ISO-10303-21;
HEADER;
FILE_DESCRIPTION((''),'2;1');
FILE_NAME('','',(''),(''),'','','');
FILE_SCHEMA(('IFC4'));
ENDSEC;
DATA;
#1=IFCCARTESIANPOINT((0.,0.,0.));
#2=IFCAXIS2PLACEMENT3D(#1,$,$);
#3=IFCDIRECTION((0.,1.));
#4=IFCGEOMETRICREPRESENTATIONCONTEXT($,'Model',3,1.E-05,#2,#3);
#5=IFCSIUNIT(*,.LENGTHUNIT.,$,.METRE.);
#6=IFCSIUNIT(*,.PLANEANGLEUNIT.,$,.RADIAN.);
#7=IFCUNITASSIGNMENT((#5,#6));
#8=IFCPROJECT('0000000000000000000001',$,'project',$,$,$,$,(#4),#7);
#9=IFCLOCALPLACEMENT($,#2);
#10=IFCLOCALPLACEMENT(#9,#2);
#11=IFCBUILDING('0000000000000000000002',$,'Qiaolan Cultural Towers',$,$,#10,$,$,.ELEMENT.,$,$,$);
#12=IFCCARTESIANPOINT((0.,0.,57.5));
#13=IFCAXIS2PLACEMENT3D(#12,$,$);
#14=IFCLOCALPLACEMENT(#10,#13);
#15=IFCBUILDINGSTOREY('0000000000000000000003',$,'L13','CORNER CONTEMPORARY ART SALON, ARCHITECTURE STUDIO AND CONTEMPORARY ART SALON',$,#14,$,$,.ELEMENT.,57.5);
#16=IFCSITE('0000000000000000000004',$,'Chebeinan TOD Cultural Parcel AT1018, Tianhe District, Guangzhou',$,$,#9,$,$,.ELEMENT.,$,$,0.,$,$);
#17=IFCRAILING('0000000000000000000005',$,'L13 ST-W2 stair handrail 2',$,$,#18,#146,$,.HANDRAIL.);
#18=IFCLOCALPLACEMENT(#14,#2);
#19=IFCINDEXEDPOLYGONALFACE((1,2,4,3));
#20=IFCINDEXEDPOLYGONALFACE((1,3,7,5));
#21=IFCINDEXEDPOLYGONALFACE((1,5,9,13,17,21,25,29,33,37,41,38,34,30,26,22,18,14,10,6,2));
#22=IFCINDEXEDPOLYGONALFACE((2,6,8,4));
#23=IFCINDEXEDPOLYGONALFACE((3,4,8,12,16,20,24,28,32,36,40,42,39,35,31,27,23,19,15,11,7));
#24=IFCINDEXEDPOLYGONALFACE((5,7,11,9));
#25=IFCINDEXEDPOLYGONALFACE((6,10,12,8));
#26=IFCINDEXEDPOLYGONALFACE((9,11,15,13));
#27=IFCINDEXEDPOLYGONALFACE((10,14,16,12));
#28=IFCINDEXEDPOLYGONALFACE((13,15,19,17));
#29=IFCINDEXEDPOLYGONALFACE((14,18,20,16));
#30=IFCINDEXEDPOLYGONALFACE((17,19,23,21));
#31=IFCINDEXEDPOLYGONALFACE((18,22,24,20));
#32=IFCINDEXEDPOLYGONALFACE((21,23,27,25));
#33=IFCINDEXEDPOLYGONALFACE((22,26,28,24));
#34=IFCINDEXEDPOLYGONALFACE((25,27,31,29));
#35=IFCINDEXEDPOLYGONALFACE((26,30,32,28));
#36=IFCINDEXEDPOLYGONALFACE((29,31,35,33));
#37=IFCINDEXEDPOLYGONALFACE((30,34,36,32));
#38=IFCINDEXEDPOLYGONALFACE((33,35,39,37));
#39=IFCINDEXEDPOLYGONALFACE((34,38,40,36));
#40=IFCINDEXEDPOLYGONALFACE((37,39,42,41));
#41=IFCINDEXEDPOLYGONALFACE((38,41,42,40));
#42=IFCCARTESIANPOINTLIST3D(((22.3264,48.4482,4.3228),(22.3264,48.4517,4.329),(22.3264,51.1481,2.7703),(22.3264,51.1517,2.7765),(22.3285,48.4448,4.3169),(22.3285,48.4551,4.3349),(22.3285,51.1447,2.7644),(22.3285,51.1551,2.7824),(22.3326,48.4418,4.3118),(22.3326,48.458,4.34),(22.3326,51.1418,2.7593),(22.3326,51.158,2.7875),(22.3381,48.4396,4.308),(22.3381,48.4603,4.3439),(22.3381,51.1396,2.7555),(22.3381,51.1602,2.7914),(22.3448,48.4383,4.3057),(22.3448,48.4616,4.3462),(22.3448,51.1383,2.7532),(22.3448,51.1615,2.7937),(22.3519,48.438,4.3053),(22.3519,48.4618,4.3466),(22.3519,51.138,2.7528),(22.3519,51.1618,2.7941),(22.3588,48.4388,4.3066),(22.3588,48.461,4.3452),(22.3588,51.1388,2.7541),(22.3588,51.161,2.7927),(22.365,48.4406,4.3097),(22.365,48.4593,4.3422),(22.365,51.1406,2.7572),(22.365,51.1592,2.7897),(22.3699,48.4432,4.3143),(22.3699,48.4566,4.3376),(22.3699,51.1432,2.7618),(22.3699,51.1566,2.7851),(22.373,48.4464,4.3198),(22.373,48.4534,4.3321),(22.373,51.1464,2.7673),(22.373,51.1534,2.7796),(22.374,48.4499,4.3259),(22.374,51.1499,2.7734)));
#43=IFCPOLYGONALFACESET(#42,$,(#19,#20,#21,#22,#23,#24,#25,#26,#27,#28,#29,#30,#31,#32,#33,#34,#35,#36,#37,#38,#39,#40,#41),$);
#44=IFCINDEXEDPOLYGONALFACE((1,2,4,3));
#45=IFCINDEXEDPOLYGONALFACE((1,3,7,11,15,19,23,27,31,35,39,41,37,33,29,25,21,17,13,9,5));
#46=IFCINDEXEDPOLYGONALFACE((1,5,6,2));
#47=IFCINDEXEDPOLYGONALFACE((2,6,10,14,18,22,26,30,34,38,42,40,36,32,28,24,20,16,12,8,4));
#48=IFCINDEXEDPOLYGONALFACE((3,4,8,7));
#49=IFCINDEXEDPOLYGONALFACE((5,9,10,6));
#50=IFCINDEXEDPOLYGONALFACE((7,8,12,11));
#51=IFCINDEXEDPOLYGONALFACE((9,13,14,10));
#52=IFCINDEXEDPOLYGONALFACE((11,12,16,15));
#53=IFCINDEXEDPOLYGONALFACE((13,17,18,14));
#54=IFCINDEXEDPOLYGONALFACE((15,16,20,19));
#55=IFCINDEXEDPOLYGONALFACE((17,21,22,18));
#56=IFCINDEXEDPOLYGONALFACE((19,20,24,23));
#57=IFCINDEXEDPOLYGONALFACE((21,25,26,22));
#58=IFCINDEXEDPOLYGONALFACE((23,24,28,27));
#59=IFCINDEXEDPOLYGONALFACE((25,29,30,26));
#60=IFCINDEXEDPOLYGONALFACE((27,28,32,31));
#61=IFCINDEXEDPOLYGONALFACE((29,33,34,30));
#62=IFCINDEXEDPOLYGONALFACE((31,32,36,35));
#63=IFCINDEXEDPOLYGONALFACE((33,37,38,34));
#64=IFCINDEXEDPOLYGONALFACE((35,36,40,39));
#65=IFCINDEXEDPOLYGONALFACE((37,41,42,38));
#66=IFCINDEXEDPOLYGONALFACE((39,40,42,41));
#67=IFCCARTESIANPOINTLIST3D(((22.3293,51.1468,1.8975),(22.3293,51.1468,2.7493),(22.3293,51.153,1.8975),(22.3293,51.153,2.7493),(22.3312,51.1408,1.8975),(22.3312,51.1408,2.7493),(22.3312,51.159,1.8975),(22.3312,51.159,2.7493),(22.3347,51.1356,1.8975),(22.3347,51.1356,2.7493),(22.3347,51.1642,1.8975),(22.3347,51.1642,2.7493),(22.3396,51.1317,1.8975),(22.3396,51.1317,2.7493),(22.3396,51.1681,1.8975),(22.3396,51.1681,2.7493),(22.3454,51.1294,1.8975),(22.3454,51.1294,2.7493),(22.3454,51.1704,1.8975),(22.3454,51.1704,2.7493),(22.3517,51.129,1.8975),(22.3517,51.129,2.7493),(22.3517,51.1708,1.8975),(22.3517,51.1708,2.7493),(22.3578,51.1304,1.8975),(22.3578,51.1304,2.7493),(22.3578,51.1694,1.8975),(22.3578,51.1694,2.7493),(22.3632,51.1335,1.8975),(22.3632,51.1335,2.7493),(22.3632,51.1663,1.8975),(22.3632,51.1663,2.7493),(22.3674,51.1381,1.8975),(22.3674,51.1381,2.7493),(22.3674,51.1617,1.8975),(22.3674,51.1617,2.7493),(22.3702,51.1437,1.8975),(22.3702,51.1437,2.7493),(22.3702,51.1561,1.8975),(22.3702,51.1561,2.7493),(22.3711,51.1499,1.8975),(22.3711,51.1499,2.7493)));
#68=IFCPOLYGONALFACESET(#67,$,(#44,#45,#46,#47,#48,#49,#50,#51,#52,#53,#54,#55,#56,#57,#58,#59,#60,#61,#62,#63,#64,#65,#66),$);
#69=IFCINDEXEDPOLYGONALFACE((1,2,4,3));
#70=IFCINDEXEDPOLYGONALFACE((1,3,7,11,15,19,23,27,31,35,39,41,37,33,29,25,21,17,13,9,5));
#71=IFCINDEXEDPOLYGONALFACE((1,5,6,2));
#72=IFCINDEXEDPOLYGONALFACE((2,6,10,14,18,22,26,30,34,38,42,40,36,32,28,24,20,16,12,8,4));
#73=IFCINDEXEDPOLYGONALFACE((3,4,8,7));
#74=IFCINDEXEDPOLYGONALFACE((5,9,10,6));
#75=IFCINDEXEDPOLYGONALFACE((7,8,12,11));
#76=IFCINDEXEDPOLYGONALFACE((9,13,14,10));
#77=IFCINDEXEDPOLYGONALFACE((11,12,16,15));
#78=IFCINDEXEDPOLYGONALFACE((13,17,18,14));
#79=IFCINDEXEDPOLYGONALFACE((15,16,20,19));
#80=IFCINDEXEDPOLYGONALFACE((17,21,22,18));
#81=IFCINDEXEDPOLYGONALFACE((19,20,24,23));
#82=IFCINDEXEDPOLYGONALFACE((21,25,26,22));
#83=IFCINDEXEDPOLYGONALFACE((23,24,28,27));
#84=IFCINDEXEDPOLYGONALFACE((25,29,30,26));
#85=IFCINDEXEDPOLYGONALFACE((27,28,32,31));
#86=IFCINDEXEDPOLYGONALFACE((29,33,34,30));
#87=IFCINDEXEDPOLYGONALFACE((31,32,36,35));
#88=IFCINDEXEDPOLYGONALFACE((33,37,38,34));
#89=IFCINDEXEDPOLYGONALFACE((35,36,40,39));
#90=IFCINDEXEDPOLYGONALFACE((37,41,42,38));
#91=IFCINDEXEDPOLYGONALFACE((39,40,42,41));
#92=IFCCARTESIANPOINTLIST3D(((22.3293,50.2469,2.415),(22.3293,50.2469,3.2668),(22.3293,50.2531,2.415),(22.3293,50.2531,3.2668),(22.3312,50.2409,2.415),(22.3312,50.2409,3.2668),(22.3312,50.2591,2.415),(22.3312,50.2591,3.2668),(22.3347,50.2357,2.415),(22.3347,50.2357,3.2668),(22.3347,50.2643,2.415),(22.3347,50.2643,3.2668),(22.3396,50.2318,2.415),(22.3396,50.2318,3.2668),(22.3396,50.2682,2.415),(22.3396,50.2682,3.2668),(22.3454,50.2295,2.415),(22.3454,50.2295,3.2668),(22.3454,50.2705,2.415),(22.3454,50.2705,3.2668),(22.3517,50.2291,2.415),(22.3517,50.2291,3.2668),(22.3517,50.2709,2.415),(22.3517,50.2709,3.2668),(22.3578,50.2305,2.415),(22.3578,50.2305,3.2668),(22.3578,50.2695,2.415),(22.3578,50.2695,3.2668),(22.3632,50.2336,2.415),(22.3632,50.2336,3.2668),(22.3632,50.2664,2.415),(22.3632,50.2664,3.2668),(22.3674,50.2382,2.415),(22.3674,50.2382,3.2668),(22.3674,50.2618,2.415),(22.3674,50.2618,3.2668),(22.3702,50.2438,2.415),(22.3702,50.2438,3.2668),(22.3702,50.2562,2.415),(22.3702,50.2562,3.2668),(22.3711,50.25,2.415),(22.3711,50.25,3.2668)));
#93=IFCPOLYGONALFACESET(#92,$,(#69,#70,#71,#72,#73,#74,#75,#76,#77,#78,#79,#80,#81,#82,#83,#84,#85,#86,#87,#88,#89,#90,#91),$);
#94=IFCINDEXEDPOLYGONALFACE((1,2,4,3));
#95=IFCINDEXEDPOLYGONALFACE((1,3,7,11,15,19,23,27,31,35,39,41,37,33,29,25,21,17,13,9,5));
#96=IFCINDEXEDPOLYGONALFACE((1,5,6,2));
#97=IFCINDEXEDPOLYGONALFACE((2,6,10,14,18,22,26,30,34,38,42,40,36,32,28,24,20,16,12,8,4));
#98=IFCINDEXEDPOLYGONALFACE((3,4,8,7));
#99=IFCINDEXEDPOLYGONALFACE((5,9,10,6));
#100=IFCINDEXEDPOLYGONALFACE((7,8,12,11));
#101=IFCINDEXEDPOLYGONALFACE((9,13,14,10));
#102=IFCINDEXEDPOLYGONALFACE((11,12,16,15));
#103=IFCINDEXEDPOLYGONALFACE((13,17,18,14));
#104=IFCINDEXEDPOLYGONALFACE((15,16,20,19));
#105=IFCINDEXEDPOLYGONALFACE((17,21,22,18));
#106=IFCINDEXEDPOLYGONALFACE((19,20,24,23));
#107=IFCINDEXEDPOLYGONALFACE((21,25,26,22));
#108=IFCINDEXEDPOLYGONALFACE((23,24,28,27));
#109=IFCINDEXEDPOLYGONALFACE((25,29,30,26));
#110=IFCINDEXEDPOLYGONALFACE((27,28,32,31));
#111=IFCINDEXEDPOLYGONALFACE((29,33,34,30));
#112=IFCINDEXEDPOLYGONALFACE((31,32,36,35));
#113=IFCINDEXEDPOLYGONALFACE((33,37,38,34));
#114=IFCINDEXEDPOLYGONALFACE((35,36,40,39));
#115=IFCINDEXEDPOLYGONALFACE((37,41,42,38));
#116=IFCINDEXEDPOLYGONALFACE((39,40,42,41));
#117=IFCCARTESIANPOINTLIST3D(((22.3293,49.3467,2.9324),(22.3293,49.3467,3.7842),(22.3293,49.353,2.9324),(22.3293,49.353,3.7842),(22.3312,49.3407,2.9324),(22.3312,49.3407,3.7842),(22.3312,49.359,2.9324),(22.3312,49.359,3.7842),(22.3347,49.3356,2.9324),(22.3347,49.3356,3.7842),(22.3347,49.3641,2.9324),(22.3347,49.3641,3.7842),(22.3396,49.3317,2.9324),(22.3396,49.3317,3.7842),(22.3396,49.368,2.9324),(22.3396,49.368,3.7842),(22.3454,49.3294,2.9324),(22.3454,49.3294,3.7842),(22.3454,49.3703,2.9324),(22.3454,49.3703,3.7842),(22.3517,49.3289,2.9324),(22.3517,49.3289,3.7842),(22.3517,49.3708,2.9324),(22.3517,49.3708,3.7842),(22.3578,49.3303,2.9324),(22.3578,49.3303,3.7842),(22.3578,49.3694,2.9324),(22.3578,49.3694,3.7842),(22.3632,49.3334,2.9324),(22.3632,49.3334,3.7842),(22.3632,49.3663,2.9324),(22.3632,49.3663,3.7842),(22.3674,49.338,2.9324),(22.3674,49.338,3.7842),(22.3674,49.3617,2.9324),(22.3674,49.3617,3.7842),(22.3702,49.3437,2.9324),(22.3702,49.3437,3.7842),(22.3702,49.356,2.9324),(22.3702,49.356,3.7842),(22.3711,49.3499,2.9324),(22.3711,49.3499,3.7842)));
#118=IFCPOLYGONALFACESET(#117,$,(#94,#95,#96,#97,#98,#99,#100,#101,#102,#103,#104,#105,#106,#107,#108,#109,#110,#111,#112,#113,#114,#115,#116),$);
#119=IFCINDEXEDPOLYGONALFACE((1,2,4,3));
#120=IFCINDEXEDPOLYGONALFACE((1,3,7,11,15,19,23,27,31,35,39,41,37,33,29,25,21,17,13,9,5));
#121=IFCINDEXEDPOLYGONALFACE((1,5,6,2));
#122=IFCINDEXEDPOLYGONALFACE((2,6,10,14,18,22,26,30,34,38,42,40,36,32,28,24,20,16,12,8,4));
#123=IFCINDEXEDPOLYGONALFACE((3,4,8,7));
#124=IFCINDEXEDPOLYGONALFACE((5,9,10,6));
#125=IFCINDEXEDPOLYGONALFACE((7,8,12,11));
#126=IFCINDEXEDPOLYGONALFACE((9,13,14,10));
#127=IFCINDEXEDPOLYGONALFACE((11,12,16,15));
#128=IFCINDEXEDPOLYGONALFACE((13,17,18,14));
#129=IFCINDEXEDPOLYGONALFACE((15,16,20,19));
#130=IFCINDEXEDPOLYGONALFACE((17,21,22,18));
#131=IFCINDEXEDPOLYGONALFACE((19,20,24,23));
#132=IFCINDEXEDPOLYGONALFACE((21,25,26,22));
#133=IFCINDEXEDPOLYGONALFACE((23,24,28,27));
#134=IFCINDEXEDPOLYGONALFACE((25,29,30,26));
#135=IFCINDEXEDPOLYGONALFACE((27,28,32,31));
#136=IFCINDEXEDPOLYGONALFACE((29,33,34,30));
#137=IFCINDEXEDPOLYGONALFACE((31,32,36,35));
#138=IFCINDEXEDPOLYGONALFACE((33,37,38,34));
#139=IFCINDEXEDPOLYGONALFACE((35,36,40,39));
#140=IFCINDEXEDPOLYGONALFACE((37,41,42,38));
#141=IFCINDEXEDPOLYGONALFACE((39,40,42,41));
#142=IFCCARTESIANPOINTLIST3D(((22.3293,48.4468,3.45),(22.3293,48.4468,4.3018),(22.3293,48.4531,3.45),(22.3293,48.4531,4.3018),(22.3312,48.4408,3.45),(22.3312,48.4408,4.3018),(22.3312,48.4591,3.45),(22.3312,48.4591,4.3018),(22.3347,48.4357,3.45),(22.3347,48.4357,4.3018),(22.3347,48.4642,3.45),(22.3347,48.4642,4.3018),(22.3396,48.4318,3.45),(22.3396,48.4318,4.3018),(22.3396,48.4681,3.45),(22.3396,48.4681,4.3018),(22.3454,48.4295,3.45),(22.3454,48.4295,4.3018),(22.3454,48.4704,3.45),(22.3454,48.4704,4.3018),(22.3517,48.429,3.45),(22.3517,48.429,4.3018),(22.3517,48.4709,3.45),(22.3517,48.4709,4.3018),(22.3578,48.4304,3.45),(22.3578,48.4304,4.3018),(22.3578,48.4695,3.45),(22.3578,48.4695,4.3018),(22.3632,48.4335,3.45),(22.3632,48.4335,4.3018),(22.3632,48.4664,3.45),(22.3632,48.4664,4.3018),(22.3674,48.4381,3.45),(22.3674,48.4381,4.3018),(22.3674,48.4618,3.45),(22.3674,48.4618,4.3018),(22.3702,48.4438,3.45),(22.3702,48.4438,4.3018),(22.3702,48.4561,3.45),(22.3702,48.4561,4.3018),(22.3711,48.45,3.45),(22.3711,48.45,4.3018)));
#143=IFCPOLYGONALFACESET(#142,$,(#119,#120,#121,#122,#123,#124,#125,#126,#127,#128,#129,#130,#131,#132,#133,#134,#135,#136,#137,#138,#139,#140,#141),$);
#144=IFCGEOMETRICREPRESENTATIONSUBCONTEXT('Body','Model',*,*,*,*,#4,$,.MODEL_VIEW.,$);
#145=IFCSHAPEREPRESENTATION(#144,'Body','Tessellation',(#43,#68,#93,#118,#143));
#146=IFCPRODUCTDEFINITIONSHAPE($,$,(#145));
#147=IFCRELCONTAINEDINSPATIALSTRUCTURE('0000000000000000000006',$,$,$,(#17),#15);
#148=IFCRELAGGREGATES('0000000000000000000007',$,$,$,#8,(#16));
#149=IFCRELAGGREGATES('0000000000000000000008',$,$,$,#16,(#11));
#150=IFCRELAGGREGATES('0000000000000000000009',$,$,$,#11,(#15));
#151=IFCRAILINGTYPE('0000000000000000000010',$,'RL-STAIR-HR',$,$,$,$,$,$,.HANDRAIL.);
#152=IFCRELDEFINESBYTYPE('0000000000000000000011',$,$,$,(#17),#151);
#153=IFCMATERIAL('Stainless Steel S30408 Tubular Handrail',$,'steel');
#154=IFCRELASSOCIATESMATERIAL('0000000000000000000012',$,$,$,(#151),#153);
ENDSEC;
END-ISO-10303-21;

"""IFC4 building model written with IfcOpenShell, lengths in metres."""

from ifc_helpers import new_model, si_unit, direction, frame, origin, origin_2d, place, context, subcontext, project, spatial, circle, extrude, material, type_object, element, save


model = new_model("IFC4")

# Units and contexts
model_context = context("Model", 3, precision=1e-05, world=origin(), true_north=direction((0.0, 1.0)))
body_context = subcontext(model_context, "Body", "Model", "MODEL_VIEW")
ifc_project = project(units=[si_unit("LENGTHUNIT", "METRE"), si_unit("PLANEANGLEUNIT", "RADIAN")], contexts=[model_context])

# Site, building, storey
site_placement = place(None, origin())
site = spatial("IfcSite", under=ifc_project, at=site_placement, Name="Chebeinan TOD Cultural Parcel AT1018, Tianhe District, Guangzhou", CompositionType="ELEMENT", RefElevation=0.0)
building_placement = place(site_placement, origin())
building = spatial("IfcBuilding", under=site, at=building_placement, Name="Qiaolan Cultural Towers", CompositionType="ELEMENT")
storey_placement = place(building_placement, frame((0.0, 0.0, 57.5)))
storey = spatial("IfcBuildingStorey", under=building, at=storey_placement, Name="L13", Description="CORNER CONTEMPORARY ART SALON, ARCHITECTURE STUDIO AND CONTEMPORARY ART SALON", CompositionType="ELEMENT", Elevation=57.5)

# Railing
ifc_material_1 = material(Name="Stainless Steel S30408 Tubular Handrail", Category="steel")
railing_type_1 = type_object("IfcRailingType", Name="RL-STAIR-HR", PredefinedType="HANDRAIL", material=ifc_material_1)
railing_1_placement = place(storey_placement, frame((22.3501, 51.1499, 1.8975)))
element("IfcRailing", 1, at=railing_1_placement, inside=storey, type_object=railing_type_1, Name="L13 ST-W2 stair handrail 2", PredefinedType="HANDRAIL", context=body_context, shape_type="SweptSolid", body=[
    extrude(circle(Radius=0.0239, at=origin_2d()), frame((0.0, 0.0, 0.876), z_axis=(0.0, -0.866904, 0.498476), x_axis=(1.0, 0.0, 0.0)), (0.0, 0.0, 1.0), 3.1145),
    extrude(circle(Radius=0.021, at=origin_2d()), origin(), (0.0, 0.0, 1.0), 0.8518),
    extrude(circle(Radius=0.021, at=origin_2d()), frame((0.0, -0.8999, 0.5176)), (0.0, 0.0, 1.0), 0.8518),
    extrude(circle(Radius=0.021, at=origin_2d()), frame((0.0, -1.8, 1.0349)), (0.0, 0.0, 1.0), 0.8518),
    extrude(circle(Radius=0.021, at=origin_2d()), frame((0.0, -2.7, 1.5525)), (0.0, 0.0, 1.0), 0.8518),
])

save(model, "model.ifc")
